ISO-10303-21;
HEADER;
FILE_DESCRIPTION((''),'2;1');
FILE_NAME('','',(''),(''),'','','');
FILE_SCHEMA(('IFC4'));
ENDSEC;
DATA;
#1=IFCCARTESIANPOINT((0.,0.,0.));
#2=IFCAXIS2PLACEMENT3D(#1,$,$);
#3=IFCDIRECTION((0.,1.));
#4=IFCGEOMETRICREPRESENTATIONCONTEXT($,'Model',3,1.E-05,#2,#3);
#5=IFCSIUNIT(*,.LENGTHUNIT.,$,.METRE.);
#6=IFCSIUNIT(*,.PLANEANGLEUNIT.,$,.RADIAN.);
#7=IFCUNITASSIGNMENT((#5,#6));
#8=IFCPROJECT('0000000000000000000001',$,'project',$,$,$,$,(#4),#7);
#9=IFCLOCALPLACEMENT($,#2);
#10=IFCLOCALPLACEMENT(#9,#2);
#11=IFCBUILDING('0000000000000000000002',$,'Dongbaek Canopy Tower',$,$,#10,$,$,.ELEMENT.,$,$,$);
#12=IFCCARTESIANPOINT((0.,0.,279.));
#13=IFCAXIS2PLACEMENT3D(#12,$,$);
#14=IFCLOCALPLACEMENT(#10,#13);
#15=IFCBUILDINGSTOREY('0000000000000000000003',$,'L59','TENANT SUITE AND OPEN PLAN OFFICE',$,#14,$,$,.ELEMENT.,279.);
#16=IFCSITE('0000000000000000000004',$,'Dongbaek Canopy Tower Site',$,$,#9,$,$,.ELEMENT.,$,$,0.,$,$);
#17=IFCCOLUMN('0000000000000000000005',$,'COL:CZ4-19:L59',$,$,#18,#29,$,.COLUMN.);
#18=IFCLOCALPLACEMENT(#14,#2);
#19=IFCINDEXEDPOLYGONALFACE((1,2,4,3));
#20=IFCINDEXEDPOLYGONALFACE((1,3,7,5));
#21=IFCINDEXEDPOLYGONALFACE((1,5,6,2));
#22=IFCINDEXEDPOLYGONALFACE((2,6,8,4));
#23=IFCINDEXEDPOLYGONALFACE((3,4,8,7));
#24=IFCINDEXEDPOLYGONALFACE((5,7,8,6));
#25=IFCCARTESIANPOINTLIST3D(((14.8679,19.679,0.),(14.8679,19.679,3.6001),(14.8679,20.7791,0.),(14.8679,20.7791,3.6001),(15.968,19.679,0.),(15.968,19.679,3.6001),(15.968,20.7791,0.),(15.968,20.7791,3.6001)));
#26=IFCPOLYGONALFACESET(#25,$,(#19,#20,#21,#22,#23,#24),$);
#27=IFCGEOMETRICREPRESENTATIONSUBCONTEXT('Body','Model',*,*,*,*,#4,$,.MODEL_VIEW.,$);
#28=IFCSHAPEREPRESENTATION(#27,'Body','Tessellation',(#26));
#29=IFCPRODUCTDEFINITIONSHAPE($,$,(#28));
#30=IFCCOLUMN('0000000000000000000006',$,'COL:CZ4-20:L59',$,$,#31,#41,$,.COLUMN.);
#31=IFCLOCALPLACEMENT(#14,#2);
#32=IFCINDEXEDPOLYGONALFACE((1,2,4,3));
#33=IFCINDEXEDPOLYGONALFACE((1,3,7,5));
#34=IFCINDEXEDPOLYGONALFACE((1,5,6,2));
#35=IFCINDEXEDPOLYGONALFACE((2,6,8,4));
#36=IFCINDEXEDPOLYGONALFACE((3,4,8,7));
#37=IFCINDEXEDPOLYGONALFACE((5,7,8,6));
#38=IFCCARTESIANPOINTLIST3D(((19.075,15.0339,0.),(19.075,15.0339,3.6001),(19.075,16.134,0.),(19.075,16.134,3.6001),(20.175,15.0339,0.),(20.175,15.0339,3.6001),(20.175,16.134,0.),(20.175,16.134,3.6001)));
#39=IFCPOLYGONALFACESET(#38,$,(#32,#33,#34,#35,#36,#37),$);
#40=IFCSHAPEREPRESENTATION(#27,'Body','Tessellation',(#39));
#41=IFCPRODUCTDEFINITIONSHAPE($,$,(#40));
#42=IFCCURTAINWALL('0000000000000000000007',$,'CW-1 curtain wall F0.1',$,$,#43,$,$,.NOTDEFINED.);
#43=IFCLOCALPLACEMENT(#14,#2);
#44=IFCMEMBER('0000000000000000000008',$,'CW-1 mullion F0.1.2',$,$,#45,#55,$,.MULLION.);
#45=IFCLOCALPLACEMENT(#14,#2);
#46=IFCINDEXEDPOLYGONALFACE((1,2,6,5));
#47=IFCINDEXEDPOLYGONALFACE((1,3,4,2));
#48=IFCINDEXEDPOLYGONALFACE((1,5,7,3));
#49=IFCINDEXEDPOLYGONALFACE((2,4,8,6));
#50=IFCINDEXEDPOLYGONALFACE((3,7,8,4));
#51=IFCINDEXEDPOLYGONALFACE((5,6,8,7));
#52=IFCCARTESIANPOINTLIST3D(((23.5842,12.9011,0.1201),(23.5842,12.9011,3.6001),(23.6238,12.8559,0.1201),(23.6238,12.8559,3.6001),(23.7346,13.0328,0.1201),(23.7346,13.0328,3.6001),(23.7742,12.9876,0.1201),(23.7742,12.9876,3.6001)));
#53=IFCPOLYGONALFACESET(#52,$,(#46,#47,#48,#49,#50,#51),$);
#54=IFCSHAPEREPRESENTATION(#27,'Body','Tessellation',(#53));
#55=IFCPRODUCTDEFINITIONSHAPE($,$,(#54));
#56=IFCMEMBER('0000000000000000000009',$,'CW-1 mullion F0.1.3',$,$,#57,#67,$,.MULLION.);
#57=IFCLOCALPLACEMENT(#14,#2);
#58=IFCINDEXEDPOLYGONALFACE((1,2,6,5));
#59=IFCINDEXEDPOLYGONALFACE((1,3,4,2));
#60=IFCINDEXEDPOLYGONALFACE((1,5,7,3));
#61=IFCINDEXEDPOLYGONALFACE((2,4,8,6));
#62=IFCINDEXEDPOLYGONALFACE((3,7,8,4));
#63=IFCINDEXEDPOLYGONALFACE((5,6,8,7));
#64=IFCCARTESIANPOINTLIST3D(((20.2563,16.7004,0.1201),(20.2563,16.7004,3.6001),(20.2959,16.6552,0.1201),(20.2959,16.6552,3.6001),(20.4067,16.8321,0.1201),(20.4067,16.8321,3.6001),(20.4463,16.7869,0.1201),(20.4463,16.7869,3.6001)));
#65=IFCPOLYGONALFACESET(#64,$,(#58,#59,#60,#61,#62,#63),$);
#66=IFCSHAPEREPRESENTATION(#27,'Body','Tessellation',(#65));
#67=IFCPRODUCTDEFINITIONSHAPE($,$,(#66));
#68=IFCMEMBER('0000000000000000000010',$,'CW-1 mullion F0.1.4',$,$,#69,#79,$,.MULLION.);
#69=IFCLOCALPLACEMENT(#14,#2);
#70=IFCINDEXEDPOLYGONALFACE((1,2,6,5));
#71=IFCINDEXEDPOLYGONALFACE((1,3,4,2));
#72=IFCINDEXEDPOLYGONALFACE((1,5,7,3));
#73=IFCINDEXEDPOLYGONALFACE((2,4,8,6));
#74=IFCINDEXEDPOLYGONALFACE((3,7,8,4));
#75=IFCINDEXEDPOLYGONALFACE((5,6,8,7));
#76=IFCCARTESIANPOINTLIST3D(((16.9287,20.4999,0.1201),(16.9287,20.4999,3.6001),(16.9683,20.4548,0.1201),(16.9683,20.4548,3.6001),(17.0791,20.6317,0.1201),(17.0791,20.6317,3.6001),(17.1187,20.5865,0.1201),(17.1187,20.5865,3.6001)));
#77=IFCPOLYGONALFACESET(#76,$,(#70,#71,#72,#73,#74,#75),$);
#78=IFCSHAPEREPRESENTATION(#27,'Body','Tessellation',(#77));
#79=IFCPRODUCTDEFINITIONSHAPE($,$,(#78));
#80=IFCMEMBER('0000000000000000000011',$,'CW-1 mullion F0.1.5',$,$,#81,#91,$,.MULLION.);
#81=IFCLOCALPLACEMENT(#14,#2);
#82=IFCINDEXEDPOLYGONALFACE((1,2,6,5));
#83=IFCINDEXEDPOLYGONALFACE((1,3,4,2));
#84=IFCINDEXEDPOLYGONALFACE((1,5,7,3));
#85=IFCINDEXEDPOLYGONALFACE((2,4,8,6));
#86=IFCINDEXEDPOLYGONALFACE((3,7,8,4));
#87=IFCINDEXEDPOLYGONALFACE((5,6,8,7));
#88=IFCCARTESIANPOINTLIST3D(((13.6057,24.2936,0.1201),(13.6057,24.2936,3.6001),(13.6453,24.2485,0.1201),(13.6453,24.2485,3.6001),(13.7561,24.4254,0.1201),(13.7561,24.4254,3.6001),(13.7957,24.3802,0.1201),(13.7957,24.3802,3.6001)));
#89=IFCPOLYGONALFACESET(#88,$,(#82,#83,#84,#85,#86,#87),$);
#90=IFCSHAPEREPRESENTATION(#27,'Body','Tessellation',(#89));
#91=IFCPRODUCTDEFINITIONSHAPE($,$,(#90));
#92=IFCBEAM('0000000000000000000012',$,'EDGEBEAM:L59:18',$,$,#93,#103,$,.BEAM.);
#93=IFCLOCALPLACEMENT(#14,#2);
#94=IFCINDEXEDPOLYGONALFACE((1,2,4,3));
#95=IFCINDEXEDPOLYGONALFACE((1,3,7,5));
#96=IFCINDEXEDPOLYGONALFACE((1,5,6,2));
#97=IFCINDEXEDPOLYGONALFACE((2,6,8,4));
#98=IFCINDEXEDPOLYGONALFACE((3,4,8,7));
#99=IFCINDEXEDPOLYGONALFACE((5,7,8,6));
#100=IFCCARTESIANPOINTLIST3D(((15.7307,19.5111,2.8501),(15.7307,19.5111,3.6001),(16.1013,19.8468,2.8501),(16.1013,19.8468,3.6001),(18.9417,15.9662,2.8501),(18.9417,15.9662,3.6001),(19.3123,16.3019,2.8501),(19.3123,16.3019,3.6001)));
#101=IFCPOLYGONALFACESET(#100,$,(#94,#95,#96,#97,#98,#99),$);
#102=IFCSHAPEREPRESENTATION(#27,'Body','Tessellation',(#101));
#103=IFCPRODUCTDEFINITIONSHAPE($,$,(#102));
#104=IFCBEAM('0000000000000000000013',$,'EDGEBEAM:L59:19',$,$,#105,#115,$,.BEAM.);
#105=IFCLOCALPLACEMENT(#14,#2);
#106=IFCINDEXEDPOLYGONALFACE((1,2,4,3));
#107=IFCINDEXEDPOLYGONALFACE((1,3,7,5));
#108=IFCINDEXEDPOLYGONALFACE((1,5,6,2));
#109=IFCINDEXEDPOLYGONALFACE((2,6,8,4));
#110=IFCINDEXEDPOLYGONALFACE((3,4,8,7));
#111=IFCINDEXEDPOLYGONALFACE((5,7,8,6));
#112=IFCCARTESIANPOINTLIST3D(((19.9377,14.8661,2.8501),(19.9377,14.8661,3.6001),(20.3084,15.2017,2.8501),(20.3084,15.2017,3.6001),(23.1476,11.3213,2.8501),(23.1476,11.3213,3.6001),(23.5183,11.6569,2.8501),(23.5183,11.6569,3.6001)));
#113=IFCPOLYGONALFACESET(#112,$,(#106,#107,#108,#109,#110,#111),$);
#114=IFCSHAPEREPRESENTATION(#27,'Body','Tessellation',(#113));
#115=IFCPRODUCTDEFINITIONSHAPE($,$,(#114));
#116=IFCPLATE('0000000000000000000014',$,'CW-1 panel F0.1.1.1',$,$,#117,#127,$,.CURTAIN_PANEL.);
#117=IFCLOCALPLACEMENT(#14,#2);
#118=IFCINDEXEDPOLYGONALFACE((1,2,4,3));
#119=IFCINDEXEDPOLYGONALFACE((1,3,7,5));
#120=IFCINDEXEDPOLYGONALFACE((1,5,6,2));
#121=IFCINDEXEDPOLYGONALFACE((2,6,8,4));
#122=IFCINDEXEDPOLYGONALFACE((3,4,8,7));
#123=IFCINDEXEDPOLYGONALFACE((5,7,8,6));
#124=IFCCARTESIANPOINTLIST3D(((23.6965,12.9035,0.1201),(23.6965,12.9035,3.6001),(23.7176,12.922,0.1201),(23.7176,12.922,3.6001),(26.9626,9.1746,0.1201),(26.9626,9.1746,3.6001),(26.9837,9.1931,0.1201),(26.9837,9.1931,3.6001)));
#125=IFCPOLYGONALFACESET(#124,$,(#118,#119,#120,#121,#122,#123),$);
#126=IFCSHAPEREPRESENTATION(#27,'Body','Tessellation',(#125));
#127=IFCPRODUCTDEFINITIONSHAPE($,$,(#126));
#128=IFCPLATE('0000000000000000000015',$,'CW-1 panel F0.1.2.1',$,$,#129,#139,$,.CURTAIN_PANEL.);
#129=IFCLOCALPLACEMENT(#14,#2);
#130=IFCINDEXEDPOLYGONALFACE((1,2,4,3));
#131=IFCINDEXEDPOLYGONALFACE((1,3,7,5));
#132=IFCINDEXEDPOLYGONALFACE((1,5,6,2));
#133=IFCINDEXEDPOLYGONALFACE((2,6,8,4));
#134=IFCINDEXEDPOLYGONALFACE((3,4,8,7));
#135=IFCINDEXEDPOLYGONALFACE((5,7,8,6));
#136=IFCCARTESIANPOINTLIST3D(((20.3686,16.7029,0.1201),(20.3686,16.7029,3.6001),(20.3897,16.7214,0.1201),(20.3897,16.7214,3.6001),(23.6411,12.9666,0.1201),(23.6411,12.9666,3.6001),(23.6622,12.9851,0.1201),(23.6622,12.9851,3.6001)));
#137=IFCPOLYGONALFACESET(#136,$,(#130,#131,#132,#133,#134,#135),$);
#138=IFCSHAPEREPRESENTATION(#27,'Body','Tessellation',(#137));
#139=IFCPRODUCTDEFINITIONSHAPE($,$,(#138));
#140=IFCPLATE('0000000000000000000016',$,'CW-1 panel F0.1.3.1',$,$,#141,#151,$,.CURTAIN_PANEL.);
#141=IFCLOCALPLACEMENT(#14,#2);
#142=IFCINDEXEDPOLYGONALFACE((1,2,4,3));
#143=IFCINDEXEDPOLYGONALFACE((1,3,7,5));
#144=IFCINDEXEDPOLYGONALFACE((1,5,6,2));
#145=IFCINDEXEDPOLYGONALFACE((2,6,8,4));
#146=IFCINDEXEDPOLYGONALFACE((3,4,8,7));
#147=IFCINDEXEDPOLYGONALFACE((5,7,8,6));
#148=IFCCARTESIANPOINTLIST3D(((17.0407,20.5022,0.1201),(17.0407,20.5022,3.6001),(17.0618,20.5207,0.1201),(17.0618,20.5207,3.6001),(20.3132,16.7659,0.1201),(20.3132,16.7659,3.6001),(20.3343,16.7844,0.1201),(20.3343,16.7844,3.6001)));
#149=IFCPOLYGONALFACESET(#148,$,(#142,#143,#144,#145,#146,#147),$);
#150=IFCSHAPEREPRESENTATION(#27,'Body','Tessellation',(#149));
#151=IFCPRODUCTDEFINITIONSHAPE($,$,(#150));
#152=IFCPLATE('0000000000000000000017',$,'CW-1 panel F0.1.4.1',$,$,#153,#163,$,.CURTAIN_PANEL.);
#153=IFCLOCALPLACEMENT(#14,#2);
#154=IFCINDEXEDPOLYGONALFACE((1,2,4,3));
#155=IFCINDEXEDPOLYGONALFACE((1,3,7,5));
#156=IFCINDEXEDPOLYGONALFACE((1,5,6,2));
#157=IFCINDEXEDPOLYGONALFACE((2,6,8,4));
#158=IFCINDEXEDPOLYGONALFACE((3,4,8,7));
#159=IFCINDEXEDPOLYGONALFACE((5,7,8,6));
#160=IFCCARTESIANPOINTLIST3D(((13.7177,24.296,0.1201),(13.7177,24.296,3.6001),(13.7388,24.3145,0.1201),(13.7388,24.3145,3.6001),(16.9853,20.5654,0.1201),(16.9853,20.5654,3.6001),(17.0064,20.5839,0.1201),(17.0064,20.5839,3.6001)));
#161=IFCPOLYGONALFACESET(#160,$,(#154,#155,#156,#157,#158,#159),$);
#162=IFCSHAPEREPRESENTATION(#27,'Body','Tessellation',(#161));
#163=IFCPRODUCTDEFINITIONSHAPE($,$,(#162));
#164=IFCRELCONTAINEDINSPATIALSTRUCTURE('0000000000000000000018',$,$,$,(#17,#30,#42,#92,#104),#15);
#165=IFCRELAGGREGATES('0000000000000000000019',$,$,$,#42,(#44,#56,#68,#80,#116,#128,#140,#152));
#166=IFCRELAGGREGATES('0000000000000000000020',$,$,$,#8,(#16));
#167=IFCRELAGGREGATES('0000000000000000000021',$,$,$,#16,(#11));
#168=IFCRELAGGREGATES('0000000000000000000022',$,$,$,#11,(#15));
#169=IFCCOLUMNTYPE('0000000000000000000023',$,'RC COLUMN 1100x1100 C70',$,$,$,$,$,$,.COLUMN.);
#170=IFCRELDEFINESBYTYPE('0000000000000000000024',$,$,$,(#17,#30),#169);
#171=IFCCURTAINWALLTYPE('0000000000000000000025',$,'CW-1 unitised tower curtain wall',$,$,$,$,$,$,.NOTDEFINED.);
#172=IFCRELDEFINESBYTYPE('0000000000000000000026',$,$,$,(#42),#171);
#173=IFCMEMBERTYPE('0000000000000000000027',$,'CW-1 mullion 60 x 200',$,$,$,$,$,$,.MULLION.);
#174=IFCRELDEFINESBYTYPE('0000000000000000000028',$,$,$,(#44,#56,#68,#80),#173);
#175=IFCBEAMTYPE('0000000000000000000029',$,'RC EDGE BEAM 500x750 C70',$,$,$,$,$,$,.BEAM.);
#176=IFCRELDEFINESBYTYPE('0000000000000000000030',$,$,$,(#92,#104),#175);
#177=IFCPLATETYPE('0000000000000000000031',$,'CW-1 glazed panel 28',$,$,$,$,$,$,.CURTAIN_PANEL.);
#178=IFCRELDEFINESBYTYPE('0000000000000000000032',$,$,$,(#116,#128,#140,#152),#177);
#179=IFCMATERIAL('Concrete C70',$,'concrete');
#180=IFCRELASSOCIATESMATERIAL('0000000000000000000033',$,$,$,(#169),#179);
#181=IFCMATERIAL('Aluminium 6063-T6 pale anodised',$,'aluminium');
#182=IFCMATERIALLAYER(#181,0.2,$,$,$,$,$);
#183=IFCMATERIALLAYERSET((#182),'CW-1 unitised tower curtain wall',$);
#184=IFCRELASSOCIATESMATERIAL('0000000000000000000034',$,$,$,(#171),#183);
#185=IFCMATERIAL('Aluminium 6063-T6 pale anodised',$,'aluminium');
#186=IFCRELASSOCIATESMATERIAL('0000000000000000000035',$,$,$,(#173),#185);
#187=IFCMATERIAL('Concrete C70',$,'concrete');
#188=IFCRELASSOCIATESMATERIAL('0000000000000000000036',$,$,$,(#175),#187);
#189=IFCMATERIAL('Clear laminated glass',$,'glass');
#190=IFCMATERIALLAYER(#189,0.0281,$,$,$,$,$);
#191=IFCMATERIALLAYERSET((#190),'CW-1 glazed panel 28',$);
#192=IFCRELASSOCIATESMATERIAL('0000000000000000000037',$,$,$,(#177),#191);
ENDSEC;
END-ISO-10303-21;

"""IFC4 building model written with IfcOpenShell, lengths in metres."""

from ifc_helpers import new_model, si_unit, direction, frame, origin, origin_2d, place, context, subcontext, project, spatial, rectangle, extrude, material, layer, layer_set, material_profile, profile_set, type_object, element, aggregate, save


model = new_model("IFC4")

# Units and contexts
model_context = context("Model", 3, precision=1e-05, world=origin(), true_north=direction((0.0, 1.0)))
body_context = subcontext(model_context, "Body", "Model", "MODEL_VIEW")
ifc_project = project(units=[si_unit("LENGTHUNIT", "METRE"), si_unit("PLANEANGLEUNIT", "RADIAN")], contexts=[model_context])

# Site, building, storey
site_placement = place(None, origin())
site = spatial("IfcSite", under=ifc_project, at=site_placement, Name="Dongbaek Canopy Tower Site", CompositionType="ELEMENT", RefElevation=0.0)
building_placement = place(site_placement, origin())
building = spatial("IfcBuilding", under=site, at=building_placement, Name="Dongbaek Canopy Tower", CompositionType="ELEMENT")
storey_placement = place(building_placement, frame((0.0, 0.0, 279.0)))
storey = spatial("IfcBuildingStorey", under=building, at=storey_placement, Name="L59", Description="TENANT SUITE AND OPEN PLAN OFFICE", CompositionType="ELEMENT", Elevation=279.0)

# Columns
ifc_material_1 = material(Name="Concrete C70", Category="concrete")
ifc_material_profile_1 = material_profile(ifc_material_1, rectangle(XDim=1.1001, YDim=1.1001, at=origin_2d()), Name="RC COLUMN 1100x1100 C70")
ifc_profile_set_1 = profile_set([ifc_material_profile_1], Name="Concrete C70")
column_type = type_object("IfcColumnType", Name="RC COLUMN 1100x1100 C70", PredefinedType="COLUMN", material=ifc_profile_set_1)
for number, where, z_axis, x_axis, name in (
    (1, (15.418, 20.229, 0.0), (0.0, 0.0, 1.0), (1.0, 0.0, 0.0), "COL:CZ4-19:L59"),
    (2, (19.625, 15.584, 0.0), (0.0, 0.0, 1.0), (1.0, 0.0, 0.0), "COL:CZ4-20:L59"),
):
    element("IfcColumn", number, at=place(storey_placement, frame(where, z_axis=z_axis, x_axis=x_axis)), inside=storey, type_object=column_type, Name=name, PredefinedType="COLUMN", context=body_context, shape_type="SweptSolid", body=[
        extrude(rectangle(XDim=1.1001, YDim=1.1001, at=origin_2d()), origin(), (0.0, 0.0, 1.0), 3.6001),
    ])

# Curtain wall, members
ifc_material_2 = material(Name="Aluminium 6063-T6 pale anodised", Category="aluminium")
ifc_layer_1 = layer(ifc_material_2, 0.2)
ifc_layer_set_1 = layer_set([ifc_layer_1], Name="CW-1 unitised tower curtain wall")
curtain_wall_type = type_object("IfcCurtainWallType", Name="CW-1 unitised tower curtain wall", PredefinedType="NOTDEFINED", material=ifc_layer_set_1)
curtain_wall_1_placement = place(storey_placement, origin())
curtain_wall_1 = element("IfcCurtainWall", 3, at=curtain_wall_1_placement, inside=storey, type_object=curtain_wall_type, Name="CW-1 curtain wall F0.1", PredefinedType="NOTDEFINED")
ifc_material_3 = material(Name="Aluminium 6063-T6 pale anodised", Category="aluminium")
ifc_material_profile_2 = material_profile(ifc_material_3, rectangle(XDim=0.2, YDim=0.0601, at=origin_2d()), Name="CW-1 mullion 60 x 200")
ifc_profile_set_2 = profile_set([ifc_material_profile_2], Name="Aluminium 6063-T6 pale anodised")
member_type = type_object("IfcMemberType", Name="CW-1 mullion 60 x 200", PredefinedType="MULLION", material=ifc_profile_set_2)
member_1_placement = place(storey_placement, frame((23.6792, 12.9443, 0.1201), z_axis=(0.0, 0.0, 1.0), x_axis=(0.752247, 0.658881, 0.0)))
member_1 = element("IfcMember", 4, at=member_1_placement, type_object=member_type, Name="CW-1 mullion F0.1.2", PredefinedType="MULLION", context=body_context, shape_type="SweptSolid", body=[
    extrude(rectangle(XDim=0.2, YDim=0.0601, at=origin_2d()), origin(), (0.0, 0.0, 1.0), 3.48),
])
member_2_placement = place(storey_placement, frame((20.3513, 16.7437, 0.1201), z_axis=(0.0, 0.0, 1.0), x_axis=(0.752247, 0.658881, 0.0)))
member_2 = element("IfcMember", 5, at=member_2_placement, type_object=member_type, Name="CW-1 mullion F0.1.3", PredefinedType="MULLION", context=body_context, shape_type="SweptSolid", body=[
    extrude(rectangle(XDim=0.2, YDim=0.0601, at=origin_2d()), origin(), (0.0, 0.0, 1.0), 3.48),
])
member_3_placement = place(storey_placement, frame((17.0237, 20.5432, 0.1201), z_axis=(0.0, 0.0, 1.0), x_axis=(0.752247, 0.658881, 0.0)))
member_3 = element("IfcMember", 6, at=member_3_placement, type_object=member_type, Name="CW-1 mullion F0.1.4", PredefinedType="MULLION", context=body_context, shape_type="SweptSolid", body=[
    extrude(rectangle(XDim=0.2, YDim=0.0601, at=origin_2d()), origin(), (0.0, 0.0, 1.0), 3.48),
])
member_4_placement = place(storey_placement, frame((13.7007, 24.3369, 0.1201), z_axis=(0.0, 0.0, 1.0), x_axis=(0.752247, 0.658881, 0.0)))
member_4 = element("IfcMember", 7, at=member_4_placement, type_object=member_type, Name="CW-1 mullion F0.1.5", PredefinedType="MULLION", context=body_context, shape_type="SweptSolid", body=[
    extrude(rectangle(XDim=0.2, YDim=0.0601, at=origin_2d()), origin(), (0.0, 0.0, 1.0), 3.48),
])

# Beams
ifc_material_4 = material(Name="Concrete C70", Category="concrete")
ifc_material_profile_3 = material_profile(ifc_material_4, rectangle(XDim=0.5, YDim=0.75, at=origin_2d()), Name="RC EDGE BEAM 500x750 C70")
ifc_profile_set_3 = profile_set([ifc_material_profile_3], Name="Concrete C70")
beam_type = type_object("IfcBeamType", Name="RC EDGE BEAM 500x750 C70", PredefinedType="BEAM", material=ifc_profile_set_3)
beam_1_placement = place(storey_placement, frame((15.916, 19.679, 3.2251), z_axis=(0.67133, -0.741158, 0.0), x_axis=(0.741158, 0.67133, 0.0)))
element("IfcBeam", 8, at=beam_1_placement, inside=storey, type_object=beam_type, Name="EDGEBEAM:L59:18", PredefinedType="BEAM", context=body_context, shape_type="SweptSolid", body=[
    extrude(rectangle(XDim=0.5, YDim=0.75, at=origin_2d()), origin(), (0.0, 0.0, 1.0), 4.783),
])
beam_2_placement = place(storey_placement, frame((20.123, 15.0339, 3.2251), z_axis=(0.671218, -0.74126, 0.0), x_axis=(0.74126, 0.671218, 0.0)))
element("IfcBeam", 9, at=beam_2_placement, inside=storey, type_object=beam_type, Name="EDGEBEAM:L59:19", PredefinedType="BEAM", context=body_context, shape_type="SweptSolid", body=[
    extrude(rectangle(XDim=0.5, YDim=0.75, at=origin_2d()), origin(), (0.0, 0.0, 1.0), 4.7822),
])

# Plates
ifc_material_5 = material(Name="Clear laminated glass", Category="glass")
ifc_layer_2 = layer(ifc_material_5, 0.0281)
ifc_layer_set_2 = layer_set([ifc_layer_2], Name="CW-1 glazed panel 28")
plate_type = type_object("IfcPlateType", Name="CW-1 glazed panel 28", PredefinedType="CURTAIN_PANEL", material=ifc_layer_set_2)
plate_1_placement = place(storey_placement, frame((25.3401, 11.0483, 0.1201), z_axis=(0.0, 0.0, 1.0), x_axis=(-0.658881, 0.752247, 0.0)))
plate_1 = element("IfcPlate", 10, at=plate_1_placement, type_object=plate_type, Name="CW-1 panel F0.1.1.1", PredefinedType="CURTAIN_PANEL", context=body_context, shape_type="SweptSolid", body=[
    extrude(rectangle(XDim=4.957, YDim=0.0281, at=origin_2d()), origin(), (0.0, 0.0, 1.0), 3.48),
])
plate_2_placement = place(storey_placement, frame((22.0154, 14.844, 0.1201), z_axis=(0.0, 0.0, 1.0), x_axis=(-0.658881, 0.752247, 0.0)))
plate_2 = element("IfcPlate", 11, at=plate_2_placement, type_object=plate_type, Name="CW-1 panel F0.1.2.1", PredefinedType="CURTAIN_PANEL", context=body_context, shape_type="SweptSolid", body=[
    extrude(rectangle(XDim=4.9668, YDim=0.0281, at=origin_2d()), origin(), (0.0, 0.0, 1.0), 3.48),
])
plate_3_placement = place(storey_placement, frame((18.6875, 18.6433, 0.1201), z_axis=(0.0, 0.0, 1.0), x_axis=(-0.658881, 0.752247, 0.0)))
plate_3 = element("IfcPlate", 12, at=plate_3_placement, type_object=plate_type, Name="CW-1 panel F0.1.3.1", PredefinedType="CURTAIN_PANEL", context=body_context, shape_type="SweptSolid", body=[
    extrude(rectangle(XDim=4.9668, YDim=0.0281, at=origin_2d()), origin(), (0.0, 0.0, 1.0), 3.48),
])
plate_4_placement = place(storey_placement, frame((15.3621, 22.4399, 0.1201), z_axis=(0.0, 0.0, 1.0), x_axis=(-0.658881, 0.752247, 0.0)))
plate_4 = element("IfcPlate", 13, at=plate_4_placement, type_object=plate_type, Name="CW-1 panel F0.1.4.1", PredefinedType="CURTAIN_PANEL", context=body_context, shape_type="SweptSolid", body=[
    extrude(rectangle(XDim=4.9592, YDim=0.0281, at=origin_2d()), origin(), (0.0, 0.0, 1.0), 3.48),
])

aggregate(curtain_wall_1, [member_1, member_2, member_3, member_4, plate_1, plate_2, plate_3, plate_4])

save(model, "model.ifc")
